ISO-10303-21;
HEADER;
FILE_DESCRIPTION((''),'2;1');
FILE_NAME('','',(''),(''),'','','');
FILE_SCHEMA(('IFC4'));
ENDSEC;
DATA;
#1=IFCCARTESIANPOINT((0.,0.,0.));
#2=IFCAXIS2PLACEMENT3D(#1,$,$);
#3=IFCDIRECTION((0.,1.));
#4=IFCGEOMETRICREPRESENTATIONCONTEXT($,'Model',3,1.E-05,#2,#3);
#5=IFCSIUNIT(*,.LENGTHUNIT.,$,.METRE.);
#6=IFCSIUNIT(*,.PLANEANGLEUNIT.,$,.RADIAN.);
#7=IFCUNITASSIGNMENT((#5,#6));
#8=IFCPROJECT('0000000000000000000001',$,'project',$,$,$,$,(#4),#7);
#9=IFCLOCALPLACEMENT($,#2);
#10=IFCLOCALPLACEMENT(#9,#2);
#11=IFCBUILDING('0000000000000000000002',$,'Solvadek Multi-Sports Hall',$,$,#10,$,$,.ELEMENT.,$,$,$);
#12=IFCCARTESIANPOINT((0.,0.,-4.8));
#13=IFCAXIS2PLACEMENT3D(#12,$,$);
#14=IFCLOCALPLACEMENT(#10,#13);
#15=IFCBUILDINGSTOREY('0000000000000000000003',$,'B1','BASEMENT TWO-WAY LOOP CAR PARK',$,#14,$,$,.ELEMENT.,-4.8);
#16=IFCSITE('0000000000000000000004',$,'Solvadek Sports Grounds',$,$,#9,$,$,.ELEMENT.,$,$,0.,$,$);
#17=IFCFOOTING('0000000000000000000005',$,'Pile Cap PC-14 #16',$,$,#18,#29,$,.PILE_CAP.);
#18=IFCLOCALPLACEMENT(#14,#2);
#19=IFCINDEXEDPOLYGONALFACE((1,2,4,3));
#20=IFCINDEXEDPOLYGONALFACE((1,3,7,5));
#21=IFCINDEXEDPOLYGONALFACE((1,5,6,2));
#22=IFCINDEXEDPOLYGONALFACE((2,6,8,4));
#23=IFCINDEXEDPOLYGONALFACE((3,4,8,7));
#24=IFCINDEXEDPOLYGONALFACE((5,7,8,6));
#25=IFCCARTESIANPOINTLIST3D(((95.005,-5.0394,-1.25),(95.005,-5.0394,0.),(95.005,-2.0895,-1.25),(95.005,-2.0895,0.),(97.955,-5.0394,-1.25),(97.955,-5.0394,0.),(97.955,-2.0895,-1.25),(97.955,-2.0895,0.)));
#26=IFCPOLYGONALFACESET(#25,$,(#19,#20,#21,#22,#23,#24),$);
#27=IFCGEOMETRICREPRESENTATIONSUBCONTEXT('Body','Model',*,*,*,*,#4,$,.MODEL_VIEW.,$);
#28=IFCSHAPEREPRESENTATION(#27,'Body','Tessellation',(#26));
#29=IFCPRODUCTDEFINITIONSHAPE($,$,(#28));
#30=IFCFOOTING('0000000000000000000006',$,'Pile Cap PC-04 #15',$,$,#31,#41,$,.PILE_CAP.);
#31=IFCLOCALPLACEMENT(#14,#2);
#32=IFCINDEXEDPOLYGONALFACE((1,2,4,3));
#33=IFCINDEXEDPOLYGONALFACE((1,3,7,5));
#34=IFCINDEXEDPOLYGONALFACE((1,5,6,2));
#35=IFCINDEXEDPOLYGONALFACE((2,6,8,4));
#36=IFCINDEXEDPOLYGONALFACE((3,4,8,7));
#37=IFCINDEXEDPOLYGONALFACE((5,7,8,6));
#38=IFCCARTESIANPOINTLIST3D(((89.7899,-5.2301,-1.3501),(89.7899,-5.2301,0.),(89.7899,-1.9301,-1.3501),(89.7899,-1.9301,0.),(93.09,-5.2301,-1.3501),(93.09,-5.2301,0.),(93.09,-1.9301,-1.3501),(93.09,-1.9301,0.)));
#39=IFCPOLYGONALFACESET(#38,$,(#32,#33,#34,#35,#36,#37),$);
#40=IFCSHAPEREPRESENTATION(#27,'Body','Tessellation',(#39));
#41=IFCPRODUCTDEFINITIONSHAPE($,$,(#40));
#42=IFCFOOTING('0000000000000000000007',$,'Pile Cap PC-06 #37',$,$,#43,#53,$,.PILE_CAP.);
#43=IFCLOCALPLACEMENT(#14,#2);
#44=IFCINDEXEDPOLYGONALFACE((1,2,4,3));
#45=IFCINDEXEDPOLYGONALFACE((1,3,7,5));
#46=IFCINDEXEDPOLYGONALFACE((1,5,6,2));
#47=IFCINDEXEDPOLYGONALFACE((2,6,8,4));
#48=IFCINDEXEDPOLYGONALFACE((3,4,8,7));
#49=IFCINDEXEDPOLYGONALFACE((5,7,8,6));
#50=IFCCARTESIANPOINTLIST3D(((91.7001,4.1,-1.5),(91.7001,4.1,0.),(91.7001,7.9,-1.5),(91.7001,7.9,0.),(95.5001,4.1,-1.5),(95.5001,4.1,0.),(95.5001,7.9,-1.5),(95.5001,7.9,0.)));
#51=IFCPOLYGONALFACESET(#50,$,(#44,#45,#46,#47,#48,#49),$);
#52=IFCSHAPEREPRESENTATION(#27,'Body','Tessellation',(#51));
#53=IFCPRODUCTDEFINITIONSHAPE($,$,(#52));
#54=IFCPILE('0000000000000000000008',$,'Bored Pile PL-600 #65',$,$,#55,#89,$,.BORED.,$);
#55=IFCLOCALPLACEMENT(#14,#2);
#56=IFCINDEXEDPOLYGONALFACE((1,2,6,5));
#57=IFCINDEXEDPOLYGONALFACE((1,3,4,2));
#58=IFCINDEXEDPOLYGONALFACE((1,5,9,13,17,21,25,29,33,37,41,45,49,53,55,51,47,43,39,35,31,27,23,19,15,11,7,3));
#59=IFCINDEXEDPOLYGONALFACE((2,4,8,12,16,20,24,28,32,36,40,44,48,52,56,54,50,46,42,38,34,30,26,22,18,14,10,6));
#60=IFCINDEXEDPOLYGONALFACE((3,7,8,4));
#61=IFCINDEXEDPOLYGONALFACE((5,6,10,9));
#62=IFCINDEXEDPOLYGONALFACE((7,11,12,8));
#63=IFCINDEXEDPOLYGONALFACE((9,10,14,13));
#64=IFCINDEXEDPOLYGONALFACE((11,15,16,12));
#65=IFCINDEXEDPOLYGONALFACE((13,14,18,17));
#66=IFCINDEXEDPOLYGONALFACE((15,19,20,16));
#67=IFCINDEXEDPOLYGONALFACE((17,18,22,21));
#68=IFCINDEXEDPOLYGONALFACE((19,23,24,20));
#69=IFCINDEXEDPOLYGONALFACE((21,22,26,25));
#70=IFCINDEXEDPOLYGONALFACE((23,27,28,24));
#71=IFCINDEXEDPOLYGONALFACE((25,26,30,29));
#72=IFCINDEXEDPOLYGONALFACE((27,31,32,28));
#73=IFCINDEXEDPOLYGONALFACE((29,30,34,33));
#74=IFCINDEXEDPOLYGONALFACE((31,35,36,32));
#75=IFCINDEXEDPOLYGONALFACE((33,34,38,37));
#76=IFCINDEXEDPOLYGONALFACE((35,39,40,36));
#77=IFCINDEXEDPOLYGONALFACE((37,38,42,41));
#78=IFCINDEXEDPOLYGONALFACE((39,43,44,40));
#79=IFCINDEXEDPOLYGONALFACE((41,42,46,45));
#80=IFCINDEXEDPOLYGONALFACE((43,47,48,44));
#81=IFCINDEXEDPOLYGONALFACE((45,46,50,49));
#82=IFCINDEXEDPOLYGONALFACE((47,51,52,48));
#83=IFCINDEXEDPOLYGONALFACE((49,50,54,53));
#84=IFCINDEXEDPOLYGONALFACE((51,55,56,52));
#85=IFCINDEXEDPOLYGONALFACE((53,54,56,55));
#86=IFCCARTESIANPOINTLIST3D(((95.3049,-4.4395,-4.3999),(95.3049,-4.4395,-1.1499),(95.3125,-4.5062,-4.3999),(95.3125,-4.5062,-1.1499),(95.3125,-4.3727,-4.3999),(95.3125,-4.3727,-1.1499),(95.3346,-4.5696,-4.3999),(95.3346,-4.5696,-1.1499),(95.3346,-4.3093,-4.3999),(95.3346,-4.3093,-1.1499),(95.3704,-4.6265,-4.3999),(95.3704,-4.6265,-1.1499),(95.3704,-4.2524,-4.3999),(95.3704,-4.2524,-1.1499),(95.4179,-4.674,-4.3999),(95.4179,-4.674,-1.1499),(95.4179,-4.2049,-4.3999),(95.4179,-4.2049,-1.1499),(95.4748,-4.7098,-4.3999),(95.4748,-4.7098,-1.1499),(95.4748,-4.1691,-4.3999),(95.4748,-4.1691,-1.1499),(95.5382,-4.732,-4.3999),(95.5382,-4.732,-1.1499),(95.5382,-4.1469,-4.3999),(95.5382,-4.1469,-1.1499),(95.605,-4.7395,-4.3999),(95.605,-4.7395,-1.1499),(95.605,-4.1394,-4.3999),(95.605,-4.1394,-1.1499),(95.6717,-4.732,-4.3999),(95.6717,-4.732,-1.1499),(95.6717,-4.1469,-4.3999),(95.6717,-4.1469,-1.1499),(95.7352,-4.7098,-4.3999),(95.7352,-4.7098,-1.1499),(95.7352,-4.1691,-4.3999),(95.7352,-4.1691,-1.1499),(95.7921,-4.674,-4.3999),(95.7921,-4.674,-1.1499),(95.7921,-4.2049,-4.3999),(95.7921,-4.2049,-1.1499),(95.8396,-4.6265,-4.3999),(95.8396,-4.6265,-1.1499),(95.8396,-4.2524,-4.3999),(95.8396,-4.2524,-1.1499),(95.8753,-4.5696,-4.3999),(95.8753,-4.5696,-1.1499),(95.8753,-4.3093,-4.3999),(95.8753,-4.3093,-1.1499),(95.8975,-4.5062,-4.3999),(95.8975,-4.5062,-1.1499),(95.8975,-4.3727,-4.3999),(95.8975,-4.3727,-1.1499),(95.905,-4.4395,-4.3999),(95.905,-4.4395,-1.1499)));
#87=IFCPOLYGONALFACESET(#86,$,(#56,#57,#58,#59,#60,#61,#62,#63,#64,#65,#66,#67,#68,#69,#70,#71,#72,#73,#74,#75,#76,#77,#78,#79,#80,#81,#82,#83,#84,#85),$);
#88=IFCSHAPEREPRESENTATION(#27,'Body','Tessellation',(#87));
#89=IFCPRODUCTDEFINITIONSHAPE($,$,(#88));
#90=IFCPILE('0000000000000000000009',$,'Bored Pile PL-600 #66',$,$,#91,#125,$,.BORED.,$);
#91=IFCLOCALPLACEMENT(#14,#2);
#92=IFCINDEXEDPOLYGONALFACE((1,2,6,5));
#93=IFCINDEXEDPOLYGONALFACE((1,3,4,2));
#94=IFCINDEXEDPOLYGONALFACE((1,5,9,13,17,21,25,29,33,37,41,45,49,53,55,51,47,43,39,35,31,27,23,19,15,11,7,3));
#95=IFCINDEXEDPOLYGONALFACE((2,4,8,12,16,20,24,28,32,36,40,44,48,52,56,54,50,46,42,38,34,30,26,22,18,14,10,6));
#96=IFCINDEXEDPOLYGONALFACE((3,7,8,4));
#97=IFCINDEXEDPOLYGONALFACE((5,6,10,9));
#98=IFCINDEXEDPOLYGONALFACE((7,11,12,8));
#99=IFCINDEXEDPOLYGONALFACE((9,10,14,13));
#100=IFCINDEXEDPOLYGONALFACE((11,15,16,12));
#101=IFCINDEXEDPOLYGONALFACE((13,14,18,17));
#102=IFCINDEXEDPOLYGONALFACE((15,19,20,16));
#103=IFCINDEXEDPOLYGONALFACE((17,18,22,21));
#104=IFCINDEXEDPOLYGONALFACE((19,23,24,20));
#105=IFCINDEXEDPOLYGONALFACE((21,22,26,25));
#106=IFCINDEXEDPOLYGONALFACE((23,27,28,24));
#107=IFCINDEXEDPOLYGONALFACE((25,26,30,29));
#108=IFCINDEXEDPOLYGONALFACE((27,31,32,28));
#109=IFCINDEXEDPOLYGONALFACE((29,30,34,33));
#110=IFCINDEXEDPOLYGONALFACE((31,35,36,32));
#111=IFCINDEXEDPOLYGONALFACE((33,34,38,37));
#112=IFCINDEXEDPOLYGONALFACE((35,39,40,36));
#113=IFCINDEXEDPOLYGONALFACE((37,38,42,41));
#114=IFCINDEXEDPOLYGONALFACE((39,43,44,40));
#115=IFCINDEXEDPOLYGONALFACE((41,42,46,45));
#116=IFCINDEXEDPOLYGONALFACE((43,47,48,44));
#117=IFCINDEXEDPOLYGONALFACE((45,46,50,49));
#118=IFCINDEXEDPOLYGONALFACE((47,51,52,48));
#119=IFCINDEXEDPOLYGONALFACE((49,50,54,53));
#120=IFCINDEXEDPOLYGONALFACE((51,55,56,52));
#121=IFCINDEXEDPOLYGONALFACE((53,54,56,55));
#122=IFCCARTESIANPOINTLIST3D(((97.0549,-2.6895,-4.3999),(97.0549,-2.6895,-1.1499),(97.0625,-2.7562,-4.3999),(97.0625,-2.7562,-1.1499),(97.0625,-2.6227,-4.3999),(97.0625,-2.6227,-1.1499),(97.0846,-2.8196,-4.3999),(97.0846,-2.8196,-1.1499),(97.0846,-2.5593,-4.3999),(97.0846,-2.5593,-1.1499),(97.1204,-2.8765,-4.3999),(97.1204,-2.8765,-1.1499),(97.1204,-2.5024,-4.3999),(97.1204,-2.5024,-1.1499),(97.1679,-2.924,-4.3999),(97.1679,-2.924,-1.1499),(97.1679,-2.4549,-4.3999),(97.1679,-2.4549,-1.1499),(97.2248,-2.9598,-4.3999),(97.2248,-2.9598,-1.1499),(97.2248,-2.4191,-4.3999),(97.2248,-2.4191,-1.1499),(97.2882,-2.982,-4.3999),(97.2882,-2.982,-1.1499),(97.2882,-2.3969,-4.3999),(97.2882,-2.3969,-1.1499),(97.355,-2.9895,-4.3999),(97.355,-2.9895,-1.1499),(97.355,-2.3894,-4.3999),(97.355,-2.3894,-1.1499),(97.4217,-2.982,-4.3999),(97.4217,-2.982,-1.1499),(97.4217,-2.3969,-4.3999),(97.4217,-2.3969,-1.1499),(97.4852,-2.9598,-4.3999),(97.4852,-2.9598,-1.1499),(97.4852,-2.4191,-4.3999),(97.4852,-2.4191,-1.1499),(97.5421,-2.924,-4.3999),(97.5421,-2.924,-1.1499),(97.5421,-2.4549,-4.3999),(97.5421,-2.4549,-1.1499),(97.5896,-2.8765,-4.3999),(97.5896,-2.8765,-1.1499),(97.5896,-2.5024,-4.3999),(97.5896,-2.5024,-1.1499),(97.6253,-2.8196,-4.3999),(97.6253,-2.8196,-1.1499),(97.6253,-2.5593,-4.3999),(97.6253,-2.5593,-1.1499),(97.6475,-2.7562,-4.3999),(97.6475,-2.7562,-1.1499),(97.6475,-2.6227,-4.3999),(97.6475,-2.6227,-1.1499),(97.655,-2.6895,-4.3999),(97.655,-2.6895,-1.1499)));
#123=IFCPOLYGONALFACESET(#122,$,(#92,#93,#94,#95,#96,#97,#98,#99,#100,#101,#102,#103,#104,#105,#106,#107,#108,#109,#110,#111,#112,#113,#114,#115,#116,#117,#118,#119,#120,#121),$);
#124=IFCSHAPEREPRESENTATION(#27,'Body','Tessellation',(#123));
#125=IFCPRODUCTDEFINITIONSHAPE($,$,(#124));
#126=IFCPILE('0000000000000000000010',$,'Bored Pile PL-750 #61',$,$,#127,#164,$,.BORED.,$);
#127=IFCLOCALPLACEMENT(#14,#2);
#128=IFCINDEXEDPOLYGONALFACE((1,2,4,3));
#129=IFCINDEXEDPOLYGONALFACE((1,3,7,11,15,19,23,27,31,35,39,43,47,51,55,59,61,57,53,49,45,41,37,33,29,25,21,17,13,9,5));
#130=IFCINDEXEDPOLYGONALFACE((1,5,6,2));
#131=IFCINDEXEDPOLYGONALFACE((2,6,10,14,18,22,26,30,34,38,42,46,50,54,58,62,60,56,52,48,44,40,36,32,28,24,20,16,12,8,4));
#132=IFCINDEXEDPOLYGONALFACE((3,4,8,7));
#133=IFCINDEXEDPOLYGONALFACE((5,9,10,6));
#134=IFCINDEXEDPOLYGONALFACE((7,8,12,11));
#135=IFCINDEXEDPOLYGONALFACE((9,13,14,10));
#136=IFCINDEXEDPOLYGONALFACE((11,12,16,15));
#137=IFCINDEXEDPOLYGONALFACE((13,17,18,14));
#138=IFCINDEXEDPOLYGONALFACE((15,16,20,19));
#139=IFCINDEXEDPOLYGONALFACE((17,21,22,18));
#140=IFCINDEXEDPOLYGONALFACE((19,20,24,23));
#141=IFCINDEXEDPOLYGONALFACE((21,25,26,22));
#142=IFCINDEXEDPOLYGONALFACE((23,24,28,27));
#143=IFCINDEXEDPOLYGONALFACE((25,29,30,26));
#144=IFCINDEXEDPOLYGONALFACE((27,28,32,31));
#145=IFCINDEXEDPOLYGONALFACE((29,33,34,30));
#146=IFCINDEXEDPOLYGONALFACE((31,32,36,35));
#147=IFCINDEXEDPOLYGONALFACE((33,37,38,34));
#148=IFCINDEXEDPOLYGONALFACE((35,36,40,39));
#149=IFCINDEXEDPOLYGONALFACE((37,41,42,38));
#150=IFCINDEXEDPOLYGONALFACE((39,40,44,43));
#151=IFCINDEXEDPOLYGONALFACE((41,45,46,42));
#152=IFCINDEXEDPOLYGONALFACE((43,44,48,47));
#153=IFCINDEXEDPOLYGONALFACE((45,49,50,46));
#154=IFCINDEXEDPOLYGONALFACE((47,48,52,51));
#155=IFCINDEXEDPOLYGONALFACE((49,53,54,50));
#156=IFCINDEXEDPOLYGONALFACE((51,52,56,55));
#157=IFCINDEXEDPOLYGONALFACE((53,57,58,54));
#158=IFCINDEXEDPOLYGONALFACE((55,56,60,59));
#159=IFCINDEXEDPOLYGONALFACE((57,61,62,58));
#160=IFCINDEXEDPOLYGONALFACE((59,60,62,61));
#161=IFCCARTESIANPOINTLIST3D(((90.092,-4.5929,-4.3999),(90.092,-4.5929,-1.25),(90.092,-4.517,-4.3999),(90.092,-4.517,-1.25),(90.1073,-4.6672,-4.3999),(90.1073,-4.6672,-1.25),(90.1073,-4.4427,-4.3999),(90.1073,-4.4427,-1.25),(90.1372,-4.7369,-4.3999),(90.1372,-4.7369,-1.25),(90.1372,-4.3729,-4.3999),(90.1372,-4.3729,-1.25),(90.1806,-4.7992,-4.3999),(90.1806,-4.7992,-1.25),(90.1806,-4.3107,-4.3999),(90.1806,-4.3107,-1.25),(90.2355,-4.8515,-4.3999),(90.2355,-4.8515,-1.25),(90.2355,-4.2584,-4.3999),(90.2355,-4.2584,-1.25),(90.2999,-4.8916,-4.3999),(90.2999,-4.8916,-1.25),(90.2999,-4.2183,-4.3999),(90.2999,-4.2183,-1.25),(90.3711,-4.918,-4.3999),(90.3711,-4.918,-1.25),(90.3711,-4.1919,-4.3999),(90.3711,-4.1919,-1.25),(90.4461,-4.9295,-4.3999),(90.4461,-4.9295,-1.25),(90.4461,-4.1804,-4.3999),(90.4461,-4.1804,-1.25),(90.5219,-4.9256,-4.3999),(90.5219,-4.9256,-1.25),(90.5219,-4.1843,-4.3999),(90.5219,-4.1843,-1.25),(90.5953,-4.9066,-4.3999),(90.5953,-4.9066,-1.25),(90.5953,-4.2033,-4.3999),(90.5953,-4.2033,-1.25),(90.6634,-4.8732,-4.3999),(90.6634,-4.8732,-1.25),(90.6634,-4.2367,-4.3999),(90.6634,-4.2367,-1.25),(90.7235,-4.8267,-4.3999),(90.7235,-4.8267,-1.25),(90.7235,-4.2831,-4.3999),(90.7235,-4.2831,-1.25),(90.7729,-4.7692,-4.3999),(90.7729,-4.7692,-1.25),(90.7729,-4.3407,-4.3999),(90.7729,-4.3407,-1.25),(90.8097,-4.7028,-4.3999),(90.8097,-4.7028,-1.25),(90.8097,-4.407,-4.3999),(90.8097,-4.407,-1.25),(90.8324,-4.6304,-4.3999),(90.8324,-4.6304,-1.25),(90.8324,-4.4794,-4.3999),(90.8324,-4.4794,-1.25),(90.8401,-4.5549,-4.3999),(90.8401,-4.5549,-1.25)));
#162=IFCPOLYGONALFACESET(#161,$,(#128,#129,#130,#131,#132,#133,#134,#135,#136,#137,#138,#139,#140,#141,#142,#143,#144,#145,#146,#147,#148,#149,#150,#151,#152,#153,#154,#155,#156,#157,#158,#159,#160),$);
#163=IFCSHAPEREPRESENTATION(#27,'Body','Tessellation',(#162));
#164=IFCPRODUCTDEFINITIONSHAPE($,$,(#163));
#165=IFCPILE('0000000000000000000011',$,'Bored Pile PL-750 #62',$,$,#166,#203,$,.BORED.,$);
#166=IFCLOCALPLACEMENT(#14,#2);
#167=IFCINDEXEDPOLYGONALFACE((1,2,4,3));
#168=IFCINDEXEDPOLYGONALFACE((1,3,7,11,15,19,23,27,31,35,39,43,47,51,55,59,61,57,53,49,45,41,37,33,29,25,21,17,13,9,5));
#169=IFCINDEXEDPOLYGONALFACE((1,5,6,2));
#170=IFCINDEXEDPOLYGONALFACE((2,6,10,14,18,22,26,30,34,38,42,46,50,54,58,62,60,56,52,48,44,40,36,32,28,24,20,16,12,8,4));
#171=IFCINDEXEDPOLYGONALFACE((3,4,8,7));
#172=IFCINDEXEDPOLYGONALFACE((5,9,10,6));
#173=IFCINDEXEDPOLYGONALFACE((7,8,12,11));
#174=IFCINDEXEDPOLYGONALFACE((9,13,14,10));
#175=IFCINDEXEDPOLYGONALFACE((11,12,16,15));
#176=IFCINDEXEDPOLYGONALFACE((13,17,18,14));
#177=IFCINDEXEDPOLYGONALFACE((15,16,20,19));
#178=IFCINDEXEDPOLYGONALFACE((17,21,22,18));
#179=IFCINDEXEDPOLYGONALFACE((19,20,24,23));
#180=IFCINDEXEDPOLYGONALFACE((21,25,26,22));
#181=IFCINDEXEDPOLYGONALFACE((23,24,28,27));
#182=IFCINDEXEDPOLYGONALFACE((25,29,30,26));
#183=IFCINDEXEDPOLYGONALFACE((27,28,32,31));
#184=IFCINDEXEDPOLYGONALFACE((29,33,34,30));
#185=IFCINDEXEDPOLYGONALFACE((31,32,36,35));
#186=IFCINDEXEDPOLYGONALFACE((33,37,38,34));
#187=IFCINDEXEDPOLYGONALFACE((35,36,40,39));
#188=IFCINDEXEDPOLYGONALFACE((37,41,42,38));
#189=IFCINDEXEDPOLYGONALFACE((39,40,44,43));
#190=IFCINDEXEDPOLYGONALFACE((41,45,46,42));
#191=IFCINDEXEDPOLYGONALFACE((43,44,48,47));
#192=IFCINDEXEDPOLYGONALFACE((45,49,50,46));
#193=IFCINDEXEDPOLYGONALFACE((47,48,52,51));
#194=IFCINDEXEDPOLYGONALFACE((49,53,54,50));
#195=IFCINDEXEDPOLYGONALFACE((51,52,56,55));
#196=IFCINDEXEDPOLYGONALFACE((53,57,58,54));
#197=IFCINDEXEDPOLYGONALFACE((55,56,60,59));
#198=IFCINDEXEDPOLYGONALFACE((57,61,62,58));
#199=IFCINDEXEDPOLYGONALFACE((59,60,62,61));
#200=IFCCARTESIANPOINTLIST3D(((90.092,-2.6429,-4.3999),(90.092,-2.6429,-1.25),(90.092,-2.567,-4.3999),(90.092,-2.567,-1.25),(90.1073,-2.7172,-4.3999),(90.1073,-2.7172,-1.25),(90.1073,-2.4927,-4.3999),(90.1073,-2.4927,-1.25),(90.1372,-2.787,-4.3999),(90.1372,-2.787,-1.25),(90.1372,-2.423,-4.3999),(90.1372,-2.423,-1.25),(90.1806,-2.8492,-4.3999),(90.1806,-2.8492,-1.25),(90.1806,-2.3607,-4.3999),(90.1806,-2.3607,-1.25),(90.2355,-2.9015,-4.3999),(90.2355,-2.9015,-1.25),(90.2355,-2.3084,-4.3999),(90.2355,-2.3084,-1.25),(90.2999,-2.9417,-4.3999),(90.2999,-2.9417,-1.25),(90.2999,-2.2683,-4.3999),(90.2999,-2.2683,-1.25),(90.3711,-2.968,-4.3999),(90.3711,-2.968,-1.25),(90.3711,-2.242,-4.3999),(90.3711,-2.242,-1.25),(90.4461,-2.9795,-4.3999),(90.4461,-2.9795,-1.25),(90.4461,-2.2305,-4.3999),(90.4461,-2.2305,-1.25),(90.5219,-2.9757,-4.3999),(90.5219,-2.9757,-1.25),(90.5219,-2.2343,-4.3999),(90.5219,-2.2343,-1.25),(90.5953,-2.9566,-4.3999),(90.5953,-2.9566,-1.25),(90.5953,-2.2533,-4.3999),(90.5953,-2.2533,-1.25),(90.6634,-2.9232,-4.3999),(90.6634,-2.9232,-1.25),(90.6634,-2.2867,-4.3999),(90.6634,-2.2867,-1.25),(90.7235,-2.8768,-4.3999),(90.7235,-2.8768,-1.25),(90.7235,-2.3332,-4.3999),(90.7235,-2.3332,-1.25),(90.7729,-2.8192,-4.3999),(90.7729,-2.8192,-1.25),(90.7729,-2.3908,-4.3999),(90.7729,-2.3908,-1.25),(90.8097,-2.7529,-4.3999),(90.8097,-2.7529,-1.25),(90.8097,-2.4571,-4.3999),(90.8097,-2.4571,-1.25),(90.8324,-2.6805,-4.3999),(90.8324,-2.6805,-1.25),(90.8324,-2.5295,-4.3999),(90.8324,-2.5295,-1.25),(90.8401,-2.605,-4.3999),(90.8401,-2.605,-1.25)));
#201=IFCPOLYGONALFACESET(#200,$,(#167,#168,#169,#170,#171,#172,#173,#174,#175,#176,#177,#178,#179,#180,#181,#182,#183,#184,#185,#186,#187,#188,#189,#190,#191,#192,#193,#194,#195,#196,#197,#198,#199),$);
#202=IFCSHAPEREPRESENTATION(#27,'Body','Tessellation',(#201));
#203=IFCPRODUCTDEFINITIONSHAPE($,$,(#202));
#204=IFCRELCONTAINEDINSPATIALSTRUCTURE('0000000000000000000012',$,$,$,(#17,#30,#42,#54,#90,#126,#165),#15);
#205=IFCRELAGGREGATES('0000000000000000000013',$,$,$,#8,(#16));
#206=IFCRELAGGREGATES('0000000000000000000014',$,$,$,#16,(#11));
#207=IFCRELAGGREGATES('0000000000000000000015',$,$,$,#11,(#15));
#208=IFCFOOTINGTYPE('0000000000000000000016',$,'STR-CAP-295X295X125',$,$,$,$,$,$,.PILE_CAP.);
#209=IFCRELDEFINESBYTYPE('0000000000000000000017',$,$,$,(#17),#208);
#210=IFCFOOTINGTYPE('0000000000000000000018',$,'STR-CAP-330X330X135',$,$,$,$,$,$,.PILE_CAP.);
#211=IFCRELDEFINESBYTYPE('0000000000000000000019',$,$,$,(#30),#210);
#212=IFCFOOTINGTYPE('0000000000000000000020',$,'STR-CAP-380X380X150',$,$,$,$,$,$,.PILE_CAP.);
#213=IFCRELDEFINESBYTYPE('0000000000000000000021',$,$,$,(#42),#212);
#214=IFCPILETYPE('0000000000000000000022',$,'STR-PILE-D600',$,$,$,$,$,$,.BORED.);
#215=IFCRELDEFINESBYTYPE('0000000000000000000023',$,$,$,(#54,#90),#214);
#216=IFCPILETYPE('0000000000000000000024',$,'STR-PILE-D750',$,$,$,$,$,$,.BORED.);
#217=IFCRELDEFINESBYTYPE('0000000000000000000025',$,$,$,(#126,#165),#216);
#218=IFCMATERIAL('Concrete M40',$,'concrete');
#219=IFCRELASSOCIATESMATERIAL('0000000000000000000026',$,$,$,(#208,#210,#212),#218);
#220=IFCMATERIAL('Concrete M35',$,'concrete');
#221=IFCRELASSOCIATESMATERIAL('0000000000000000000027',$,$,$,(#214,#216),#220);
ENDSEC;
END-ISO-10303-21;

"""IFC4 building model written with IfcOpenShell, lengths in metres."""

from ifc_helpers import new_model, si_unit, direction, frame, origin, origin_2d, place, context, subcontext, project, spatial, rectangle, circle, extrude, material, material_profile, profile_set, type_object, element, save


model = new_model("IFC4")

# Units and contexts
model_context = context("Model", 3, precision=1e-05, world=origin(), true_north=direction((0.0, 1.0)))
body_context = subcontext(model_context, "Body", "Model", "MODEL_VIEW")
ifc_project = project(units=[si_unit("LENGTHUNIT", "METRE"), si_unit("PLANEANGLEUNIT", "RADIAN")], contexts=[model_context])

# Site, building, storey
site_placement = place(None, origin())
site = spatial("IfcSite", under=ifc_project, at=site_placement, Name="Solvadek Sports Grounds", CompositionType="ELEMENT", RefElevation=0.0)
building_placement = place(site_placement, origin())
building = spatial("IfcBuilding", under=site, at=building_placement, Name="Solvadek Multi-Sports Hall", CompositionType="ELEMENT")
storey_placement = place(building_placement, frame((0.0, 0.0, -4.8)))
storey = spatial("IfcBuildingStorey", under=building, at=storey_placement, Name="B1", Description="BASEMENT TWO-WAY LOOP CAR PARK", CompositionType="ELEMENT", Elevation=-4.8)

# Footings
ifc_material_1 = material(Name="Concrete M40", Category="concrete")
footing_type_1 = type_object("IfcFootingType", Name="STR-CAP-295X295X125", PredefinedType="PILE_CAP", material=ifc_material_1)
footing_1_placement = place(storey_placement, frame((96.48, -3.5645, -1.25), z_axis=(0.0, 0.0, 1.0), x_axis=(1.0, 0.0, 0.0)))
element("IfcFooting", 1, at=footing_1_placement, inside=storey, type_object=footing_type_1, Name="Pile Cap PC-14 #16", PredefinedType="PILE_CAP", context=body_context, shape_type="SweptSolid", body=[
    extrude(rectangle(XDim=2.95, YDim=2.95, at=origin_2d()), origin(), (0.0, 0.0, 1.0), 1.25),
])
footing_type_2 = type_object("IfcFootingType", Name="STR-CAP-330X330X135", PredefinedType="PILE_CAP", material=ifc_material_1)
footing_2_placement = place(storey_placement, frame((91.4399, -3.5801, -1.3501), z_axis=(0.0, 0.0, 1.0), x_axis=(1.0, 0.0, 0.0)))
element("IfcFooting", 2, at=footing_2_placement, inside=storey, type_object=footing_type_2, Name="Pile Cap PC-04 #15", PredefinedType="PILE_CAP", context=body_context, shape_type="SweptSolid", body=[
    extrude(rectangle(XDim=3.3, YDim=3.3, at=origin_2d()), origin(), (0.0, 0.0, 1.0), 1.3501),
])
footing_type_3 = type_object("IfcFootingType", Name="STR-CAP-380X380X150", PredefinedType="PILE_CAP", material=ifc_material_1)
footing_3_placement = place(storey_placement, frame((93.6001, 6.0, -1.5), z_axis=(0.0, 0.0, 1.0), x_axis=(1.0, 0.0, 0.0)))
element("IfcFooting", 3, at=footing_3_placement, inside=storey, type_object=footing_type_3, Name="Pile Cap PC-06 #37", PredefinedType="PILE_CAP", context=body_context, shape_type="SweptSolid", body=[
    extrude(rectangle(XDim=3.8, YDim=3.8, at=origin_2d()), origin(), (0.0, 0.0, 1.0), 1.5),
])

# Piles
ifc_material_2 = material(Name="Concrete M35", Category="concrete")
ifc_material_profile_1 = material_profile(ifc_material_2, circle(Radius=0.3, at=origin_2d()), Name="BORED PILE D600")
ifc_profile_set_1 = profile_set([ifc_material_profile_1], Name="Concrete M35")
pile_type_1 = type_object("IfcPileType", Name="STR-PILE-D600", PredefinedType="BORED", material=ifc_profile_set_1)
for number, where, z_axis, x_axis, name in (
    (4, (95.605, -4.4395, -1.1499), (0.0, 0.0, -1.0), (1.0, 0.0, 0.0), "Bored Pile PL-600 #65"),
    (5, (97.355, -2.6895, -1.1499), (0.0, 0.0, -1.0), (1.0, 0.0, 0.0), "Bored Pile PL-600 #66"),
):
    element("IfcPile", number, at=place(storey_placement, frame(where, z_axis=z_axis, x_axis=x_axis)), inside=storey, type_object=pile_type_1, Name=name, PredefinedType="BORED", context=body_context, shape_type="SweptSolid", body=[
        extrude(circle(Radius=0.3, at=origin_2d()), origin(), (0.0, 0.0, 1.0), 3.25),
    ])
ifc_material_profile_2 = material_profile(ifc_material_2, circle(Radius=0.375, at=origin_2d()), Name="BORED PILE D750")
ifc_profile_set_2 = profile_set([ifc_material_profile_2], Name="Concrete M35")
pile_type_2 = type_object("IfcPileType", Name="STR-PILE-D750", PredefinedType="BORED", material=ifc_profile_set_2)
for number, where, z_axis, x_axis, name in (
    (6, (90.4651, -4.5549, -1.25), (0.0, 0.0, -1.0), (1.0, 0.0, 0.0), "Bored Pile PL-750 #61"),
    (7, (90.4651, -2.605, -1.25), (0.0, 0.0, -1.0), (1.0, 0.0, 0.0), "Bored Pile PL-750 #62"),
):
    element("IfcPile", number, at=place(storey_placement, frame(where, z_axis=z_axis, x_axis=x_axis)), inside=storey, type_object=pile_type_2, Name=name, PredefinedType="BORED", context=body_context, shape_type="SweptSolid", body=[
        extrude(circle(Radius=0.375, at=origin_2d()), origin(), (0.0, 0.0, 1.0), 3.1499),
    ])

save(model, "model.ifc")
